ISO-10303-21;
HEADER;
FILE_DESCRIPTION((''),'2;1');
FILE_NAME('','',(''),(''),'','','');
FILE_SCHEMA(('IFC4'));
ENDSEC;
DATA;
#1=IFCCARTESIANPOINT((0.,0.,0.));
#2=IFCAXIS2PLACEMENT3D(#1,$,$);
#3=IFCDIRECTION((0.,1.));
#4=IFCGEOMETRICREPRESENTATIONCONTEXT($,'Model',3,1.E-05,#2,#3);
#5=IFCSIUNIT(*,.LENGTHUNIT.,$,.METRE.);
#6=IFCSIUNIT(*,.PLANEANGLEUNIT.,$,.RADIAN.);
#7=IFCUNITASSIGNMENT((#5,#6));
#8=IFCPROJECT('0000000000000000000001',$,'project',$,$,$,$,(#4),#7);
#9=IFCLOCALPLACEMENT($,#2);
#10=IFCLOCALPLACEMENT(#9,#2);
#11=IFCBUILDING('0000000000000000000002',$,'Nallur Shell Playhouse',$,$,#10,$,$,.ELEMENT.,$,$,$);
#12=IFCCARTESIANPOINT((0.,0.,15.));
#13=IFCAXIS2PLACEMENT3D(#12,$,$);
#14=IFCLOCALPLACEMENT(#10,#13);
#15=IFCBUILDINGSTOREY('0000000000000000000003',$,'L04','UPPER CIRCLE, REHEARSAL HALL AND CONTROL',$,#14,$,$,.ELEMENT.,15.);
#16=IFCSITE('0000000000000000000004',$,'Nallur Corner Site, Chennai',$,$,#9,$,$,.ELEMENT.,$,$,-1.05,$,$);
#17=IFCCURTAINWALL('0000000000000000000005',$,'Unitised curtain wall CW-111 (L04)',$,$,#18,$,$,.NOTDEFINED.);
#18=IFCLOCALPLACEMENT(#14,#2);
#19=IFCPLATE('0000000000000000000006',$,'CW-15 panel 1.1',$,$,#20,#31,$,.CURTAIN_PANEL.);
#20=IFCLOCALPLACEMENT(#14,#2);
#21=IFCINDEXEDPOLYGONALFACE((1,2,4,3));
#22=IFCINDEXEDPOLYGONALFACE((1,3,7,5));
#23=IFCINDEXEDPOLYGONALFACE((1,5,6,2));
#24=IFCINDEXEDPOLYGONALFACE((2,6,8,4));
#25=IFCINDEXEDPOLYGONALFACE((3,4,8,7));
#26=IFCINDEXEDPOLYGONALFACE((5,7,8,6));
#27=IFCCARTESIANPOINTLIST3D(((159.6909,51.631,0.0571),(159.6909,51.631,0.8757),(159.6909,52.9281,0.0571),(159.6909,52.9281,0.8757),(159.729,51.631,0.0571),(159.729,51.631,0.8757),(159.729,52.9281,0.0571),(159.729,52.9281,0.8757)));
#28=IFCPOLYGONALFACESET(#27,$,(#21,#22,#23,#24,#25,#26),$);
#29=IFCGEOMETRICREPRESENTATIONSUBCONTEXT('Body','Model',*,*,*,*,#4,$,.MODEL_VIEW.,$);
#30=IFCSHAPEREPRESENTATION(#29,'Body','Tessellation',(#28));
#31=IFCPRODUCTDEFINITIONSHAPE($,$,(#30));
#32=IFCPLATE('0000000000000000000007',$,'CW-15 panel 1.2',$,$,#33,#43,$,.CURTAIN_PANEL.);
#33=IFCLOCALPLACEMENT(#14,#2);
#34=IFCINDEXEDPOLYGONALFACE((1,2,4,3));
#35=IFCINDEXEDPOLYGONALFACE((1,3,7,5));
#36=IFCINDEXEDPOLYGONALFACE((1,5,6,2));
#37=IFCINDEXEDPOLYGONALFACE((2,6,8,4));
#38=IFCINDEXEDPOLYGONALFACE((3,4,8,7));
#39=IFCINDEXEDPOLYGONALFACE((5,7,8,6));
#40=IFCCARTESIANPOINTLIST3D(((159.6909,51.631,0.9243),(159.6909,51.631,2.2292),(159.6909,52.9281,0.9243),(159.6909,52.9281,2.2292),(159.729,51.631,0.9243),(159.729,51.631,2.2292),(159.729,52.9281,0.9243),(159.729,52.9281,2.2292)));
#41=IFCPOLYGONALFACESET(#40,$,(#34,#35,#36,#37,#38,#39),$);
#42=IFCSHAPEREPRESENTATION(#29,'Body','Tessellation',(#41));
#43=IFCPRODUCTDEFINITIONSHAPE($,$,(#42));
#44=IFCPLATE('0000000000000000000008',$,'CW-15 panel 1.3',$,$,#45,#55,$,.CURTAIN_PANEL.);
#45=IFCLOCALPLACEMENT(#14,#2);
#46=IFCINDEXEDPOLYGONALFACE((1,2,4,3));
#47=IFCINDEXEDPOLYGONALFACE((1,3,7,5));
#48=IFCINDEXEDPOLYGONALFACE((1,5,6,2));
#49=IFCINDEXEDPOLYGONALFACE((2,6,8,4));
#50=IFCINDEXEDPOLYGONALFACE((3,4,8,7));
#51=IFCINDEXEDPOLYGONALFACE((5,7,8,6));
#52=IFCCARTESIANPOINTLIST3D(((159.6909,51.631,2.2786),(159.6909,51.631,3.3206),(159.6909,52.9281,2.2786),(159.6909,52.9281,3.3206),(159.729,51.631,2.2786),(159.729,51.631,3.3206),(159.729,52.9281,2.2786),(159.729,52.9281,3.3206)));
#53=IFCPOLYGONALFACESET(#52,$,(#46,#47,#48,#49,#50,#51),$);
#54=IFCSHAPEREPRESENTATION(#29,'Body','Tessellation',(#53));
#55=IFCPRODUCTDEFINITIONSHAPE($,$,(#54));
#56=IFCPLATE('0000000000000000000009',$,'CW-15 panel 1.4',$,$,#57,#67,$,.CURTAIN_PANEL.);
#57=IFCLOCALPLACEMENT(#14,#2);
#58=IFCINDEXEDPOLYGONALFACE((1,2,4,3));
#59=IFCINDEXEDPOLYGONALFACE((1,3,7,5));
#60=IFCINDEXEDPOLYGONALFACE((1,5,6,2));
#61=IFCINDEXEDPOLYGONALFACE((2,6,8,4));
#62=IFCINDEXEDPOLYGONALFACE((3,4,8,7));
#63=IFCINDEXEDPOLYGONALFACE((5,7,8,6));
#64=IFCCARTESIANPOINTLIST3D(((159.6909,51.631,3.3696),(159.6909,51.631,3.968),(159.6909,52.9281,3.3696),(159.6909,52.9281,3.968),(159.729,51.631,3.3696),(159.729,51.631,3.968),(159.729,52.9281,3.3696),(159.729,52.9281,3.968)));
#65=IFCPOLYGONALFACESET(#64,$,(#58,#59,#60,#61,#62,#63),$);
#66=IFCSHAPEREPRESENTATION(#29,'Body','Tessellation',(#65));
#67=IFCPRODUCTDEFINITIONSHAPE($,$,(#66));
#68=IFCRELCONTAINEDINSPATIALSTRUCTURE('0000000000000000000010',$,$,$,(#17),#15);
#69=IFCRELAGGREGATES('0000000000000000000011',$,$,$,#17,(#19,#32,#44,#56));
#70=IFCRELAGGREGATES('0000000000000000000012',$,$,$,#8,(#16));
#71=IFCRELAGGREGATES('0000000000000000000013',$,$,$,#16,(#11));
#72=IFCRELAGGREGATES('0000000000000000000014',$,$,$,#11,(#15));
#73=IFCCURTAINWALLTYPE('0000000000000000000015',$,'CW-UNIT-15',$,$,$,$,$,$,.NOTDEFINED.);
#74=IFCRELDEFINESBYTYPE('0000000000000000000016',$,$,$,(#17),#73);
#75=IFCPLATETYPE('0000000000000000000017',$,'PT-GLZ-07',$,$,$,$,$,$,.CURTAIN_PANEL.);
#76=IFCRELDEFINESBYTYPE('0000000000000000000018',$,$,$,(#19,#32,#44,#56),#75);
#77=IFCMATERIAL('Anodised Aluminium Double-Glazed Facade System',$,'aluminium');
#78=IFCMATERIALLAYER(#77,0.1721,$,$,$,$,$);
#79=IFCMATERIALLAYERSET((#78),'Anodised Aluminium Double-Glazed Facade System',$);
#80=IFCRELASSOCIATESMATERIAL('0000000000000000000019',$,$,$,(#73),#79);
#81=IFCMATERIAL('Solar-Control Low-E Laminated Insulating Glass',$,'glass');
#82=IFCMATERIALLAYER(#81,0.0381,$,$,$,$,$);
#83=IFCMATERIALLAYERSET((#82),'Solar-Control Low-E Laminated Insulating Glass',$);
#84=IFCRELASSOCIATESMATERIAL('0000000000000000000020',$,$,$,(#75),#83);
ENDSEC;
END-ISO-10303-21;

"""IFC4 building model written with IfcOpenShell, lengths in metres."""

from ifc_helpers import new_model, si_unit, direction, frame, origin, origin_2d, place, context, subcontext, project, spatial, rectangle, extrude, material, layer, layer_set, type_object, element, aggregate, save


model = new_model("IFC4")

# Units and contexts
model_context = context("Model", 3, precision=1e-05, world=origin(), true_north=direction((0.0, 1.0)))
body_context = subcontext(model_context, "Body", "Model", "MODEL_VIEW")
ifc_project = project(units=[si_unit("LENGTHUNIT", "METRE"), si_unit("PLANEANGLEUNIT", "RADIAN")], contexts=[model_context])

# Site, building, storey
site_placement = place(None, origin())
site = spatial("IfcSite", under=ifc_project, at=site_placement, Name="Nallur Corner Site, Chennai", CompositionType="ELEMENT", RefElevation=-1.05)
building_placement = place(site_placement, origin())
building = spatial("IfcBuilding", under=site, at=building_placement, Name="Nallur Shell Playhouse", CompositionType="ELEMENT")
storey_placement = place(building_placement, frame((0.0, 0.0, 15.0)))
storey = spatial("IfcBuildingStorey", under=building, at=storey_placement, Name="L04", Description="UPPER CIRCLE, REHEARSAL HALL AND CONTROL", CompositionType="ELEMENT", Elevation=15.0)

# Curtain wall
ifc_material_1 = material(Name="Anodised Aluminium Double-Glazed Facade System", Category="aluminium")
ifc_layer_1 = layer(ifc_material_1, 0.1721)
ifc_layer_set_1 = layer_set([ifc_layer_1], Name="Anodised Aluminium Double-Glazed Facade System")
curtain_wall_type_1 = type_object("IfcCurtainWallType", Name="CW-UNIT-15", PredefinedType="NOTDEFINED", material=ifc_layer_set_1)
curtain_wall_1_placement = place(storey_placement, origin())
curtain_wall_1 = element("IfcCurtainWall", 1, at=curtain_wall_1_placement, inside=storey, type_object=curtain_wall_type_1, Name="Unitised curtain wall CW-111 (L04)", PredefinedType="NOTDEFINED")

# Plates
ifc_material_2 = material(Name="Solar-Control Low-E Laminated Insulating Glass", Category="glass")
ifc_layer_2 = layer(ifc_material_2, 0.0381)
ifc_layer_set_2 = layer_set([ifc_layer_2], Name="Solar-Control Low-E Laminated Insulating Glass")
plate_type_1 = type_object("IfcPlateType", Name="PT-GLZ-07", PredefinedType="CURTAIN_PANEL", material=ifc_layer_set_2)
plate_1_placement = place(storey_placement, frame((159.71, 52.2795, 0.0571), z_axis=(0.0, 0.0, 1.0), x_axis=(0.0, -1.0, 0.0)))
plate_1 = element("IfcPlate", 2, at=plate_1_placement, type_object=plate_type_1, Name="CW-15 panel 1.1", PredefinedType="CURTAIN_PANEL", context=body_context, shape_type="SweptSolid", body=[
    extrude(rectangle(XDim=1.2971, YDim=0.0381, at=origin_2d()), origin(), (0.0, 0.0, 1.0), 0.8186),
])
plate_2_placement = place(storey_placement, frame((159.71, 52.2795, 0.9243), z_axis=(0.0, 0.0, 1.0), x_axis=(0.0, -1.0, 0.0)))
plate_2 = element("IfcPlate", 3, at=plate_2_placement, type_object=plate_type_1, Name="CW-15 panel 1.2", PredefinedType="CURTAIN_PANEL", context=body_context, shape_type="SweptSolid", body=[
    extrude(rectangle(XDim=1.2971, YDim=0.0381, at=origin_2d()), origin(), (0.0, 0.0, 1.0), 1.3049),
])
plate_3_placement = place(storey_placement, frame((159.71, 52.2795, 2.2786), z_axis=(0.0, 0.0, 1.0), x_axis=(0.0, -1.0, 0.0)))
plate_3 = element("IfcPlate", 4, at=plate_3_placement, type_object=plate_type_1, Name="CW-15 panel 1.3", PredefinedType="CURTAIN_PANEL", context=body_context, shape_type="SweptSolid", body=[
    extrude(rectangle(XDim=1.2971, YDim=0.0381, at=origin_2d()), origin(), (0.0, 0.0, 1.0), 1.042),
])
plate_4_placement = place(storey_placement, frame((159.71, 52.2795, 3.3696), z_axis=(0.0, 0.0, 1.0), x_axis=(0.0, -1.0, 0.0)))
plate_4 = element("IfcPlate", 5, at=plate_4_placement, type_object=plate_type_1, Name="CW-15 panel 1.4", PredefinedType="CURTAIN_PANEL", context=body_context, shape_type="SweptSolid", body=[
    extrude(rectangle(XDim=1.2971, YDim=0.0381, at=origin_2d()), origin(), (0.0, 0.0, 1.0), 0.5984),
])
aggregate(curtain_wall_1, [plate_1, plate_2, plate_3, plate_4])

save(model, "model.ifc")
